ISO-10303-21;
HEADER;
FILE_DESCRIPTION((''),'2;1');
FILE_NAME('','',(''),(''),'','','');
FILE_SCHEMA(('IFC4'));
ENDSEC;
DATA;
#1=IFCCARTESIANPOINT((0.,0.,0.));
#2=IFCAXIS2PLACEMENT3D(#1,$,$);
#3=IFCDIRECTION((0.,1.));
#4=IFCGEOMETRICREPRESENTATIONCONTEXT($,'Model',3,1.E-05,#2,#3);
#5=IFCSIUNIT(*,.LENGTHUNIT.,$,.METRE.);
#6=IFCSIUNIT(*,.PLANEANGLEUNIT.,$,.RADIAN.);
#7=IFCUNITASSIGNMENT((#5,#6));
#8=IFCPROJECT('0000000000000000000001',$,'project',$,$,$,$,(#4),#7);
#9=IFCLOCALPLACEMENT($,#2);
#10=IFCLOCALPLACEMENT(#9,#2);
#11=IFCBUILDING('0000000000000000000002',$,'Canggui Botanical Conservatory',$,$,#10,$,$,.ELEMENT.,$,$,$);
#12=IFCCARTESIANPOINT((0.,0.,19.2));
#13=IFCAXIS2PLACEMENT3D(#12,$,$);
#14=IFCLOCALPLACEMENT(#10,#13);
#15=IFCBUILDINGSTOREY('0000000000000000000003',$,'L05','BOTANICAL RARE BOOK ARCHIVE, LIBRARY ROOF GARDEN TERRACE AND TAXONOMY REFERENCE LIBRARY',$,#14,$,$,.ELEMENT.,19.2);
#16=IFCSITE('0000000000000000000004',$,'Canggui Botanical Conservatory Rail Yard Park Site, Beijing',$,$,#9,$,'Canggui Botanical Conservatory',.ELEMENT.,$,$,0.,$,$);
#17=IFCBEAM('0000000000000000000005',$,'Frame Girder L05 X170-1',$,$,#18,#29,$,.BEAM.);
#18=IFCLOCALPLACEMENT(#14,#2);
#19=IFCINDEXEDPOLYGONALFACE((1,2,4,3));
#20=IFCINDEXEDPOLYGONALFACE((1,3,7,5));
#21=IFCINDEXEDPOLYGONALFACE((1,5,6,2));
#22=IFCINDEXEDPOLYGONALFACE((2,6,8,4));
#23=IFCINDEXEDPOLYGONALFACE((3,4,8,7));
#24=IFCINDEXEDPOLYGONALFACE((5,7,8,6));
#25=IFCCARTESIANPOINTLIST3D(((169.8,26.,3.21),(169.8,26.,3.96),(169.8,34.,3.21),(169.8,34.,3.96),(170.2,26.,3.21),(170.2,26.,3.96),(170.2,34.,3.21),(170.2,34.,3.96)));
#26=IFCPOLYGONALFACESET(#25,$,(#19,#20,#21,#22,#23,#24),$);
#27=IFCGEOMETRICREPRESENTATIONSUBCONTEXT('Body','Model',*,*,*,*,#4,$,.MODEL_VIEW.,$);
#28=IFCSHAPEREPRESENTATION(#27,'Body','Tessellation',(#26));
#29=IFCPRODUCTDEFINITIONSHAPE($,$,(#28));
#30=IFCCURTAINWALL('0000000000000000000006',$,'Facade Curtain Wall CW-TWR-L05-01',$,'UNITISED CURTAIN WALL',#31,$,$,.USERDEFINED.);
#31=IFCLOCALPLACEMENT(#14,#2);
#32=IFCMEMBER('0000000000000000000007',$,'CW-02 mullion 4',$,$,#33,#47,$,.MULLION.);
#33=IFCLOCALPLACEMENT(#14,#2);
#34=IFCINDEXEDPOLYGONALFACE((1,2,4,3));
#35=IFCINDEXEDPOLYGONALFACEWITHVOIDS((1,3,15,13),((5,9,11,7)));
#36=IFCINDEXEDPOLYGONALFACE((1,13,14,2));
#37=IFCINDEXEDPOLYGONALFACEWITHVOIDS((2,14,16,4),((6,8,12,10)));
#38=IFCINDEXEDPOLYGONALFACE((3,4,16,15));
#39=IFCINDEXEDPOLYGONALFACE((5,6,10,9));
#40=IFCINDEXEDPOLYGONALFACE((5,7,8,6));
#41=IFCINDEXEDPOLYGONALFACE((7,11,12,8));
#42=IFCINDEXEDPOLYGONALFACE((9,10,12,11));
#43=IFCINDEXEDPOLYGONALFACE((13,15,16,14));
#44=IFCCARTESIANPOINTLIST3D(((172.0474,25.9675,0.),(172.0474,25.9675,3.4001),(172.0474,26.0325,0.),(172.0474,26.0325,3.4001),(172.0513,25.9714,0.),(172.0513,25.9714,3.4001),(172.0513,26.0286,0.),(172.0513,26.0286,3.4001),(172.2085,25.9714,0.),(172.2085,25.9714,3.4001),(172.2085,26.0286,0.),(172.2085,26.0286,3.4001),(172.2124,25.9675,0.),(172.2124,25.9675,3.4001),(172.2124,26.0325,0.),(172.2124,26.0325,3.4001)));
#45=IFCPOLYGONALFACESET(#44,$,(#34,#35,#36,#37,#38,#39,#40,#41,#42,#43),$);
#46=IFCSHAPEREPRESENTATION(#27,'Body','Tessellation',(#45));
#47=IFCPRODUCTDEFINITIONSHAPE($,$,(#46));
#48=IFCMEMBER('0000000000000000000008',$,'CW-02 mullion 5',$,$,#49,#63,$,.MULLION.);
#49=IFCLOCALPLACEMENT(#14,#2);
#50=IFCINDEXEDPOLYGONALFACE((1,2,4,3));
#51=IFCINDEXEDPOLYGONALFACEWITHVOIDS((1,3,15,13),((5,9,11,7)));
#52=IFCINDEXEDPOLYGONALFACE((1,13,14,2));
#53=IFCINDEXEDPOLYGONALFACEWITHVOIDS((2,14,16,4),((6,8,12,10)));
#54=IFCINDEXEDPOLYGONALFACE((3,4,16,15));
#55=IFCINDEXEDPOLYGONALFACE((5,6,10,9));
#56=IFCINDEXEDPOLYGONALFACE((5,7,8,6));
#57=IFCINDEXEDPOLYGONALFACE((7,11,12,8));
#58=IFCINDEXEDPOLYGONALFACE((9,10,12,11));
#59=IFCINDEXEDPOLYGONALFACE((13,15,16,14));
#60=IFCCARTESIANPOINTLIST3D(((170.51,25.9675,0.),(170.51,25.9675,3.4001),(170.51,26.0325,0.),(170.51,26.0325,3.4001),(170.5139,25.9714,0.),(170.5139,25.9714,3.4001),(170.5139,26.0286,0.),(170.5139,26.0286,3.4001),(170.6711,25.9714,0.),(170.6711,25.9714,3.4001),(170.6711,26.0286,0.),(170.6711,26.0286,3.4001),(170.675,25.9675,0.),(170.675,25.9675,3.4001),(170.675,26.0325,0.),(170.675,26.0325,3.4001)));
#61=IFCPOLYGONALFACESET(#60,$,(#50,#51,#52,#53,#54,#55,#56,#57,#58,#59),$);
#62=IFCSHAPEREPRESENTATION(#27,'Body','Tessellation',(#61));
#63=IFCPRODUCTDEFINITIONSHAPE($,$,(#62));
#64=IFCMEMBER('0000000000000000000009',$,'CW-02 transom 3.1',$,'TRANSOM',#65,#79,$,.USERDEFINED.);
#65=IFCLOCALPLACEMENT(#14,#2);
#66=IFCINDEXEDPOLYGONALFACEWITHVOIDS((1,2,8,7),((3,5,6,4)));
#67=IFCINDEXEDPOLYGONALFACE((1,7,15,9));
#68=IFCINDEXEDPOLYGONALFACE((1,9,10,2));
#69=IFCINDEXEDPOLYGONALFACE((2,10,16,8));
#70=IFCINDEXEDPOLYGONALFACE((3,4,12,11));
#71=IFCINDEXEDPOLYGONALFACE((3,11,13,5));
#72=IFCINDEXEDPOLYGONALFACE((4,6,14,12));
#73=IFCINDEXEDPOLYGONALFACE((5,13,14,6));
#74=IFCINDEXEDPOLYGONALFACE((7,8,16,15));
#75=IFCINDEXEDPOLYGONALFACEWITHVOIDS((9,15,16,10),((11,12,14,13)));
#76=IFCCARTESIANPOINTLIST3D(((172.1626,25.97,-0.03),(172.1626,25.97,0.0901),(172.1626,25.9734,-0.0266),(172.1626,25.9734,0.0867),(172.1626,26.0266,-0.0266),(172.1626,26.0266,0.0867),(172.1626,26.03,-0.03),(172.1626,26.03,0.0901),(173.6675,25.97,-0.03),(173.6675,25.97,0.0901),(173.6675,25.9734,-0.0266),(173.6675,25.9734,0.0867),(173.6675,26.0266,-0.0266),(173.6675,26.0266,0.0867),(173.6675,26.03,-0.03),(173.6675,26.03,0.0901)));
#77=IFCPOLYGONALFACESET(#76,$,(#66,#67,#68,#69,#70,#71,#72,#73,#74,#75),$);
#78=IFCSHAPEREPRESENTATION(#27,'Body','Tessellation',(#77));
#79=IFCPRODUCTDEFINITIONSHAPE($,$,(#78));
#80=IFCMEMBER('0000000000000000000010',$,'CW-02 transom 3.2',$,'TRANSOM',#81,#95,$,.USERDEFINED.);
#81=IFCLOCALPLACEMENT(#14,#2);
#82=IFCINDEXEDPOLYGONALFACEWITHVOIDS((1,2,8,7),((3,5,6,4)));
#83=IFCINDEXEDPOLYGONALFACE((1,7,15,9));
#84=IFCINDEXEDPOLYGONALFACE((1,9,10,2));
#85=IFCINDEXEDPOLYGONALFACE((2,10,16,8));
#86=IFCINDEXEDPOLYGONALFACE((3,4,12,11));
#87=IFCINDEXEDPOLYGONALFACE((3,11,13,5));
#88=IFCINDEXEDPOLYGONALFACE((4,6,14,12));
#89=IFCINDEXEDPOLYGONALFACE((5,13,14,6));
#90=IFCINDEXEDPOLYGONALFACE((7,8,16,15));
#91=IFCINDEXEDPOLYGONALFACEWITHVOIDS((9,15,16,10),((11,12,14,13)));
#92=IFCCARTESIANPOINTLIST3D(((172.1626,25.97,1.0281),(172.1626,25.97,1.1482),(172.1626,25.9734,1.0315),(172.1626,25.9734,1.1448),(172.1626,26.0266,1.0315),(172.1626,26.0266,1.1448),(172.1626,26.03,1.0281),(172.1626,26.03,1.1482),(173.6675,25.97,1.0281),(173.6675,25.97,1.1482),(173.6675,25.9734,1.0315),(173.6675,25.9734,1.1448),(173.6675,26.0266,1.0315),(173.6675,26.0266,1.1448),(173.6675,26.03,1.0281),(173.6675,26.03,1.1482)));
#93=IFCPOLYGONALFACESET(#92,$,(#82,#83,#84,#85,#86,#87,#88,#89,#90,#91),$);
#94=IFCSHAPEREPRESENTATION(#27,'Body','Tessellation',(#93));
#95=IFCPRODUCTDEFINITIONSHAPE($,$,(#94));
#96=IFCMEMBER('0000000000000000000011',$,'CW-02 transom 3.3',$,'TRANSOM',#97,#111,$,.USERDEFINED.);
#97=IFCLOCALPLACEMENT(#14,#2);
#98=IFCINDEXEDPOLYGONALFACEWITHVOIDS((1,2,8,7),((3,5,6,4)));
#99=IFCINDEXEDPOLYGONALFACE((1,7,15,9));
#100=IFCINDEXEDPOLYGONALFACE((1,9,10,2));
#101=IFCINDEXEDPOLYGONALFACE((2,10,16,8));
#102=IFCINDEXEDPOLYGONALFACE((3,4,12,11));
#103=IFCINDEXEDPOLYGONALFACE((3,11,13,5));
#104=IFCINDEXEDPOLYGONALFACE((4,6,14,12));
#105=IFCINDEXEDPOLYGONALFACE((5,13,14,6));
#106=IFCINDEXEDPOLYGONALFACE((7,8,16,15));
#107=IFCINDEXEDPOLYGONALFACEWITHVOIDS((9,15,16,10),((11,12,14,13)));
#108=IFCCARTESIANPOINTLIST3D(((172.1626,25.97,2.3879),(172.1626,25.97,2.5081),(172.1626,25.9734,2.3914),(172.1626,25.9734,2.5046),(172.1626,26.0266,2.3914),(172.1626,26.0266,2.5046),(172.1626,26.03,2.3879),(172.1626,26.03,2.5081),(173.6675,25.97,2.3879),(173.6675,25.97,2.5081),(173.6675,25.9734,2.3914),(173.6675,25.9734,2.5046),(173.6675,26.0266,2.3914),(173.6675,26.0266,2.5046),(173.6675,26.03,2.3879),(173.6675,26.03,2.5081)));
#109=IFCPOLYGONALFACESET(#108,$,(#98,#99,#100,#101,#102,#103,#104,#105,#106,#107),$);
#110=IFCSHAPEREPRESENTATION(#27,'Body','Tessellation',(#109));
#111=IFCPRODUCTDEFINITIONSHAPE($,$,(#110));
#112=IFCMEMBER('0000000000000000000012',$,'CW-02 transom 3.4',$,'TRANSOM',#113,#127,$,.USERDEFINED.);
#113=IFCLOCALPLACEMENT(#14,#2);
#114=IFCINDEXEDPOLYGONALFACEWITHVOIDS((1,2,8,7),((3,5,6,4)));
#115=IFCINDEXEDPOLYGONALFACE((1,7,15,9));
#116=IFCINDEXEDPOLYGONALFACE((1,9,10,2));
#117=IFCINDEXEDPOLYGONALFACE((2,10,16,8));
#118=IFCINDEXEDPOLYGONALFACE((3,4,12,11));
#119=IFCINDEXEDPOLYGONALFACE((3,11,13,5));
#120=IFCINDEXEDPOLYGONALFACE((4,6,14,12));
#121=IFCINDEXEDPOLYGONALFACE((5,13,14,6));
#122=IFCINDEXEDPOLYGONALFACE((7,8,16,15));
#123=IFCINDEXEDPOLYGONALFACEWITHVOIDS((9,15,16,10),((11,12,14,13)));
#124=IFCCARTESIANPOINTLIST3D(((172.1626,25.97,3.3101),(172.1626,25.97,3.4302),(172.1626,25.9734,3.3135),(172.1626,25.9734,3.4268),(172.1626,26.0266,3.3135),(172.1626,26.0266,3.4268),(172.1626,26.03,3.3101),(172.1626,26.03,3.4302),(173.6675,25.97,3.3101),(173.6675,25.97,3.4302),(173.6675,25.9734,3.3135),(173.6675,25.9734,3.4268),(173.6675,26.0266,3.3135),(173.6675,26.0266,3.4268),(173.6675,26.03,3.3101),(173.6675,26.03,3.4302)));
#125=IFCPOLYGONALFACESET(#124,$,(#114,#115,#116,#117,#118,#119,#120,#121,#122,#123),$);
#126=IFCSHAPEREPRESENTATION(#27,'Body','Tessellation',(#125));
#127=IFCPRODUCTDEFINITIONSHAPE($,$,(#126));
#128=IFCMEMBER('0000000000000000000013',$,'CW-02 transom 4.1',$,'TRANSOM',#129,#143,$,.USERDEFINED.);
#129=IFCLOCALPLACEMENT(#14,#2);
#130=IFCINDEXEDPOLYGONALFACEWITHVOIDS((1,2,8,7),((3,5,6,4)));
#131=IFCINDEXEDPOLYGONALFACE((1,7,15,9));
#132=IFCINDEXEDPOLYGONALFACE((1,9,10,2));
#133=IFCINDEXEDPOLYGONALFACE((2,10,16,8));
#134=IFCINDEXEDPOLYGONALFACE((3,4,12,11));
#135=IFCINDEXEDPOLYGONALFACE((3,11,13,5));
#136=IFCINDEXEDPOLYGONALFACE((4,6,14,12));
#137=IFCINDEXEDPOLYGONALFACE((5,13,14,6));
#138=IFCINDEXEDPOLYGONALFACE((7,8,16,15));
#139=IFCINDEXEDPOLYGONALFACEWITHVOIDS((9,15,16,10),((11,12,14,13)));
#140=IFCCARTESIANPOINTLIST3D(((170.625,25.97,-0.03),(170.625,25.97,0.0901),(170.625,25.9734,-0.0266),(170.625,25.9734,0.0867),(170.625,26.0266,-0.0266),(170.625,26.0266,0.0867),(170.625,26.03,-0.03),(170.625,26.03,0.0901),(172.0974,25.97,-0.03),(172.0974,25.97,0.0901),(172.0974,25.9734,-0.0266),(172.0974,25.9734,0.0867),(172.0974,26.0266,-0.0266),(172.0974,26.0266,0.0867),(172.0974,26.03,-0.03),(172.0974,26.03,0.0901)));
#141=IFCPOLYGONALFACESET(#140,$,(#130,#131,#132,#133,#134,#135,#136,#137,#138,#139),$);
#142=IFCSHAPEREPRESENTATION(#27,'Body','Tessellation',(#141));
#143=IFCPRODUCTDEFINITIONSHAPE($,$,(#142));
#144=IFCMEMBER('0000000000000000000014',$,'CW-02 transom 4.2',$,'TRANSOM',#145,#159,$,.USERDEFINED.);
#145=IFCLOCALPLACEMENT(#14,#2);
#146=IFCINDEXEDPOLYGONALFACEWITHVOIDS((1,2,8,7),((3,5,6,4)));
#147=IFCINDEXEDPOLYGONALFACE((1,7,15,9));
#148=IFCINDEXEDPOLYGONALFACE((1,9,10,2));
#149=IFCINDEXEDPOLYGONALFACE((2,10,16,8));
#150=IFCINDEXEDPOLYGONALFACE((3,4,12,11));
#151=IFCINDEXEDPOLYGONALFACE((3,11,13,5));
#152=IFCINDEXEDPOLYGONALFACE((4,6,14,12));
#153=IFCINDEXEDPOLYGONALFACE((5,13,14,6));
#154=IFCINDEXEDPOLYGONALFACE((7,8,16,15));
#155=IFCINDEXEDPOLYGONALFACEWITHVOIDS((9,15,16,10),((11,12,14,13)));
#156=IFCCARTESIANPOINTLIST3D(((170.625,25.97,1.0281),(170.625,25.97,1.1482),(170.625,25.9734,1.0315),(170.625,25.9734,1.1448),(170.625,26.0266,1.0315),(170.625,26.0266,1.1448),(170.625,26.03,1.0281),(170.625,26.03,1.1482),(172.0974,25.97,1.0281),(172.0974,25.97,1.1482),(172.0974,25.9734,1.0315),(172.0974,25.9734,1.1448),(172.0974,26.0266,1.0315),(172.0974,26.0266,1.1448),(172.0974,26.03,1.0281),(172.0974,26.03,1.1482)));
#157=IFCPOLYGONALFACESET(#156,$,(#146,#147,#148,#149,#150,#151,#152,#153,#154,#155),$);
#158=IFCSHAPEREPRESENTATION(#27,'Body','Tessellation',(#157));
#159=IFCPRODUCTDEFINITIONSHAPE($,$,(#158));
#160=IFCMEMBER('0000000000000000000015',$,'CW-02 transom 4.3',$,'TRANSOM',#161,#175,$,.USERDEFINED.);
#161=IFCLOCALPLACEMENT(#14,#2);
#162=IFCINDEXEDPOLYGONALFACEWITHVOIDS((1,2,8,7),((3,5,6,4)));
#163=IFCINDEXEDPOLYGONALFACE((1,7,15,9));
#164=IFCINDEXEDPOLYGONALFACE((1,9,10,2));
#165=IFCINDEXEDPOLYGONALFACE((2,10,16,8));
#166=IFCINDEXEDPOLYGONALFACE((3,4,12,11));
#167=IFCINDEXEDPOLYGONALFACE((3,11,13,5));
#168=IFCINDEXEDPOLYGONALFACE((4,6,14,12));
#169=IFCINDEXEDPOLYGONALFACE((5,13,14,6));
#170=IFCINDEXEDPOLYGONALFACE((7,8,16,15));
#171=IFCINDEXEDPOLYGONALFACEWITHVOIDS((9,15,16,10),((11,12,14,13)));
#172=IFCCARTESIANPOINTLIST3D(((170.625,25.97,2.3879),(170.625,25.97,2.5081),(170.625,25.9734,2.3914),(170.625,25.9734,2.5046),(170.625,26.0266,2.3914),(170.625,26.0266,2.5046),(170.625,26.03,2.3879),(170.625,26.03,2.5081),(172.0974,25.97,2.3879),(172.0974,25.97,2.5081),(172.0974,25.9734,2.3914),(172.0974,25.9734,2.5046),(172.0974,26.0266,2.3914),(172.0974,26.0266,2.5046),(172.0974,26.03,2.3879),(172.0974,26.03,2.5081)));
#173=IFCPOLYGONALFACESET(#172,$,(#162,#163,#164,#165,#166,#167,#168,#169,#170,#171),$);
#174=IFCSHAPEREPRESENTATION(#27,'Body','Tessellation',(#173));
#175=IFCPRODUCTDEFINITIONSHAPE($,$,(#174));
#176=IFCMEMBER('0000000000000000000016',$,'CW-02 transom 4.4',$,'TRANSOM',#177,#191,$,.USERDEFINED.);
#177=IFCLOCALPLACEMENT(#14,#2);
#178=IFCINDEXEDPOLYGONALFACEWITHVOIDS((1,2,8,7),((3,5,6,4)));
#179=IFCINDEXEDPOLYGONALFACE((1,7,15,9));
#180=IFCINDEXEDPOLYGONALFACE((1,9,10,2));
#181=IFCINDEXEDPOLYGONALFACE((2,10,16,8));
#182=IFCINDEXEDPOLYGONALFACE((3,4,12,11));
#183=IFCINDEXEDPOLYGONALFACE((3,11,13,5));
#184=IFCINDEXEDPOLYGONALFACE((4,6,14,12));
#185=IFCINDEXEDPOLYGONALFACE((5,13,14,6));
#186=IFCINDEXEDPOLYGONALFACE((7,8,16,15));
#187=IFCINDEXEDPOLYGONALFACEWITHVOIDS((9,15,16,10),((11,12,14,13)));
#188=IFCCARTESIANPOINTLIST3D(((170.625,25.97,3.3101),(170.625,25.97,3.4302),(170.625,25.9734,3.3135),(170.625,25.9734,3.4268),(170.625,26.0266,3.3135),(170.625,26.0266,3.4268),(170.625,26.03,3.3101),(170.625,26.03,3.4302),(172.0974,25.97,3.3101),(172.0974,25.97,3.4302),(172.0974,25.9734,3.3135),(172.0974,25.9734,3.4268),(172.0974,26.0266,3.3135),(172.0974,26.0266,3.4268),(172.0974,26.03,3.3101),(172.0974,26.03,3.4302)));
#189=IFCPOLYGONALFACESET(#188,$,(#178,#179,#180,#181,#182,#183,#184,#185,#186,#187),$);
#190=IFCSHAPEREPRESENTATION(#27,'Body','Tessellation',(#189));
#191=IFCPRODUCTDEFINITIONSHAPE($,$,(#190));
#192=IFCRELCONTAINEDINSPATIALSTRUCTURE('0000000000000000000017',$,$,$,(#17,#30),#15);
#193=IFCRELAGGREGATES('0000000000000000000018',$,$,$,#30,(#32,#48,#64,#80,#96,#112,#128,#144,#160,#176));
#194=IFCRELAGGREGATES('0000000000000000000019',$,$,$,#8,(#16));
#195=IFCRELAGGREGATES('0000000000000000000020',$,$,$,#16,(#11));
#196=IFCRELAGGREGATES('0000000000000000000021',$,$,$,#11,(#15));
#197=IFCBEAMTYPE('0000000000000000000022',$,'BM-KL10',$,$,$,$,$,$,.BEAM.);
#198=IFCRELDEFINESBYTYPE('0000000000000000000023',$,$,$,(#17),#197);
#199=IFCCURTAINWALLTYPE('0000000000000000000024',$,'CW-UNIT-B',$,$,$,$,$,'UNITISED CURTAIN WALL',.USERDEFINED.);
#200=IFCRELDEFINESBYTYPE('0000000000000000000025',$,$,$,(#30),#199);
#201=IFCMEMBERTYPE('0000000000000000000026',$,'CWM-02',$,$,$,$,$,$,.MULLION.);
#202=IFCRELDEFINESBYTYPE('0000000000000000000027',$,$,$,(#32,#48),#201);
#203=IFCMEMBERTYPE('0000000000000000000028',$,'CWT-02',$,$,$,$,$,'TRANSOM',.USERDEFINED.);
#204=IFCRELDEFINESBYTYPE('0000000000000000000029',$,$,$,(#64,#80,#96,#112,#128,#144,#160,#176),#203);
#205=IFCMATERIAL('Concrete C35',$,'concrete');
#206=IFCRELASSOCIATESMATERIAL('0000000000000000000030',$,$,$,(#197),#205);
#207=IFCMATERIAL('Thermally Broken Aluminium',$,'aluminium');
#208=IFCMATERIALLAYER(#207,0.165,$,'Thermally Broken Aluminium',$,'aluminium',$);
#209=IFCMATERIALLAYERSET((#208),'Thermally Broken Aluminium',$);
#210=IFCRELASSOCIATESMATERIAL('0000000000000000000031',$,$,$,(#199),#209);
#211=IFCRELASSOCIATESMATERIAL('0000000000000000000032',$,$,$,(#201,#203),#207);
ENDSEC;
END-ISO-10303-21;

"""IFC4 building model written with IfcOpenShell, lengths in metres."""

from ifc_helpers import new_model, si_unit, direction, frame, origin, origin_2d, place, context, subcontext, project, spatial, rectangle, hollow_rectangle, extrude, material, layer, layer_set, material_profile, profile_set, type_object, element, aggregate, save


model = new_model("IFC4")

# Units and contexts
model_context = context("Model", 3, precision=1e-05, world=origin(), true_north=direction((0.0, 1.0)))
body_context = subcontext(model_context, "Body", "Model", "MODEL_VIEW")
ifc_project = project(units=[si_unit("LENGTHUNIT", "METRE"), si_unit("PLANEANGLEUNIT", "RADIAN")], contexts=[model_context])

# Site, building, storey
site_placement = place(None, origin())
site = spatial("IfcSite", under=ifc_project, at=site_placement, Name="Canggui Botanical Conservatory Rail Yard Park Site, Beijing", LongName="Canggui Botanical Conservatory", CompositionType="ELEMENT", RefElevation=0.0)
building_placement = place(site_placement, origin())
building = spatial("IfcBuilding", under=site, at=building_placement, Name="Canggui Botanical Conservatory", CompositionType="ELEMENT")
storey_placement = place(building_placement, frame((0.0, 0.0, 19.2)))
storey = spatial("IfcBuildingStorey", under=building, at=storey_placement, Name="L05", Description="BOTANICAL RARE BOOK ARCHIVE, LIBRARY ROOF GARDEN TERRACE AND TAXONOMY REFERENCE LIBRARY", CompositionType="ELEMENT", Elevation=19.2)

# Beam
ifc_material_1 = material(Name="Concrete C35", Category="concrete")
ifc_material_profile_1 = material_profile(ifc_material_1, rectangle(XDim=0.3999, YDim=0.75, at=origin_2d()), Name="RB 400x750")
ifc_profile_set_1 = profile_set([ifc_material_profile_1], Name="Concrete C35")
beam_type = type_object("IfcBeamType", Name="BM-KL10", PredefinedType="BEAM", material=ifc_profile_set_1)
beam_placement = place(storey_placement, frame((170.0, 26.0, 3.585), z_axis=(0.0, 1.0, 0.0), x_axis=(-1.0, 0.0, 0.0)))
element("IfcBeam", 1, at=beam_placement, inside=storey, type_object=beam_type, Name="Frame Girder L05 X170-1", PredefinedType="BEAM", context=body_context, shape_type="SweptSolid", body=[
    extrude(rectangle(XDim=0.3999, YDim=0.75, at=origin_2d()), origin(), (0.0, 0.0, 1.0), 8.0),
])

# Curtain wall, members
ifc_material_2 = material(Name="Thermally Broken Aluminium", Category="aluminium")
ifc_layer_1 = layer(ifc_material_2, 0.165, Name="Thermally Broken Aluminium", Category="aluminium")
ifc_layer_set_1 = layer_set([ifc_layer_1], Name="Thermally Broken Aluminium")
curtain_wall_type = type_object("IfcCurtainWallType", Name="CW-UNIT-B", ElementType="UNITISED CURTAIN WALL", PredefinedType="USERDEFINED", material=ifc_layer_set_1)
curtain_wall_placement = place(storey_placement, origin())
curtain_wall = element("IfcCurtainWall", 2, at=curtain_wall_placement, inside=storey, type_object=curtain_wall_type, Name="Facade Curtain Wall CW-TWR-L05-01", ObjectType="UNITISED CURTAIN WALL", PredefinedType="USERDEFINED")
ifc_material_profile_2 = material_profile(ifc_material_2, hollow_rectangle(XDim=0.0649, YDim=0.165, WallThickness=0.0039, at=origin_2d()), Name="CWM 65x165x4")
ifc_profile_set_2 = profile_set([ifc_material_profile_2], Name="Thermally Broken Aluminium")
member_type_1 = type_object("IfcMemberType", Name="CWM-02", PredefinedType="MULLION", material=ifc_profile_set_2)
member_1_placement = place(storey_placement, frame((172.1299, 26.0, 0.0), z_axis=(0.0, 0.0, 1.0), x_axis=(0.0, -1.0, 0.0)))
member_1 = element("IfcMember", 3, at=member_1_placement, type_object=member_type_1, Name="CW-02 mullion 4", PredefinedType="MULLION", context=body_context, shape_type="SweptSolid", body=[
    extrude(hollow_rectangle(XDim=0.0649, YDim=0.165, WallThickness=0.0039, at=origin_2d()), origin(), (0.0, 0.0, 1.0), 3.4001),
])
member_2_placement = place(storey_placement, frame((170.5925, 26.0, 0.0), z_axis=(0.0, 0.0, 1.0), x_axis=(0.0, -1.0, 0.0)))
member_2 = element("IfcMember", 4, at=member_2_placement, type_object=member_type_1, Name="CW-02 mullion 5", PredefinedType="MULLION", context=body_context, shape_type="SweptSolid", body=[
    extrude(hollow_rectangle(XDim=0.0649, YDim=0.165, WallThickness=0.0039, at=origin_2d()), origin(), (0.0, 0.0, 1.0), 3.4001),
])
ifc_material_profile_3 = material_profile(ifc_material_2, hollow_rectangle(XDim=0.0601, YDim=0.1201, WallThickness=0.0034, at=origin_2d()), Name="CWT 60x120x3.5")
ifc_profile_set_3 = profile_set([ifc_material_profile_3], Name="Thermally Broken Aluminium")
member_type_2 = type_object("IfcMemberType", Name="CWT-02", ElementType="TRANSOM", PredefinedType="USERDEFINED", material=ifc_profile_set_3)
member_3_placement = place(storey_placement, frame((173.6675, 26.0, 0.03), z_axis=(-1.0, 0.0, 0.0), x_axis=(0.0, -1.0, 0.0)))
member_3 = element("IfcMember", 5, at=member_3_placement, type_object=member_type_2, Name="CW-02 transom 3.1", ObjectType="TRANSOM", PredefinedType="USERDEFINED", context=body_context, shape_type="SweptSolid", body=[
    extrude(hollow_rectangle(XDim=0.0601, YDim=0.1201, WallThickness=0.0034, at=origin_2d()), origin(), (0.0, 0.0, 1.0), 1.5049),
])
member_4_placement = place(storey_placement, frame((173.6675, 26.0, 1.0881), z_axis=(-1.0, 0.0, 0.0), x_axis=(0.0, -1.0, 0.0)))
member_4 = element("IfcMember", 6, at=member_4_placement, type_object=member_type_2, Name="CW-02 transom 3.2", ObjectType="TRANSOM", PredefinedType="USERDEFINED", context=body_context, shape_type="SweptSolid", body=[
    extrude(hollow_rectangle(XDim=0.0601, YDim=0.1201, WallThickness=0.0034, at=origin_2d()), origin(), (0.0, 0.0, 1.0), 1.5049),
])
member_5_placement = place(storey_placement, frame((173.6675, 26.0, 2.448), z_axis=(-1.0, 0.0, 0.0), x_axis=(0.0, -1.0, 0.0)))
member_5 = element("IfcMember", 7, at=member_5_placement, type_object=member_type_2, Name="CW-02 transom 3.3", ObjectType="TRANSOM", PredefinedType="USERDEFINED", context=body_context, shape_type="SweptSolid", body=[
    extrude(hollow_rectangle(XDim=0.0601, YDim=0.1201, WallThickness=0.0034, at=origin_2d()), origin(), (0.0, 0.0, 1.0), 1.5049),
])
member_6_placement = place(storey_placement, frame((173.6675, 26.0, 3.3701), z_axis=(-1.0, 0.0, 0.0), x_axis=(0.0, -1.0, 0.0)))
member_6 = element("IfcMember", 8, at=member_6_placement, type_object=member_type_2, Name="CW-02 transom 3.4", ObjectType="TRANSOM", PredefinedType="USERDEFINED", context=body_context, shape_type="SweptSolid", body=[
    extrude(hollow_rectangle(XDim=0.0601, YDim=0.1201, WallThickness=0.0034, at=origin_2d()), origin(), (0.0, 0.0, 1.0), 1.5049),
])
member_7_placement = place(storey_placement, frame((172.0974, 26.0, 0.03), z_axis=(-1.0, 0.0, 0.0), x_axis=(0.0, -1.0, 0.0)))
member_7 = element("IfcMember", 9, at=member_7_placement, type_object=member_type_2, Name="CW-02 transom 4.1", ObjectType="TRANSOM", PredefinedType="USERDEFINED", context=body_context, shape_type="SweptSolid", body=[
    extrude(hollow_rectangle(XDim=0.0601, YDim=0.1201, WallThickness=0.0034, at=origin_2d()), origin(), (0.0, 0.0, 1.0), 1.4724),
])
member_8_placement = place(storey_placement, frame((172.0974, 26.0, 1.0881), z_axis=(-1.0, 0.0, 0.0), x_axis=(0.0, -1.0, 0.0)))
member_8 = element("IfcMember", 10, at=member_8_placement, type_object=member_type_2, Name="CW-02 transom 4.2", ObjectType="TRANSOM", PredefinedType="USERDEFINED", context=body_context, shape_type="SweptSolid", body=[
    extrude(hollow_rectangle(XDim=0.0601, YDim=0.1201, WallThickness=0.0034, at=origin_2d()), origin(), (0.0, 0.0, 1.0), 1.4724),
])
member_9_placement = place(storey_placement, frame((172.0974, 26.0, 2.448), z_axis=(-1.0, 0.0, 0.0), x_axis=(0.0, -1.0, 0.0)))
member_9 = element("IfcMember", 11, at=member_9_placement, type_object=member_type_2, Name="CW-02 transom 4.3", ObjectType="TRANSOM", PredefinedType="USERDEFINED", context=body_context, shape_type="SweptSolid", body=[
    extrude(hollow_rectangle(XDim=0.0601, YDim=0.1201, WallThickness=0.0034, at=origin_2d()), origin(), (0.0, 0.0, 1.0), 1.4724),
])
member_10_placement = place(storey_placement, frame((172.0974, 26.0, 3.3701), z_axis=(-1.0, 0.0, 0.0), x_axis=(0.0, -1.0, 0.0)))
member_10 = element("IfcMember", 12, at=member_10_placement, type_object=member_type_2, Name="CW-02 transom 4.4", ObjectType="TRANSOM", PredefinedType="USERDEFINED", context=body_context, shape_type="SweptSolid", body=[
    extrude(hollow_rectangle(XDim=0.0601, YDim=0.1201, WallThickness=0.0034, at=origin_2d()), origin(), (0.0, 0.0, 1.0), 1.4724),
])
aggregate(curtain_wall, [member_1, member_2, member_3, member_4, member_5, member_6, member_7, member_8, member_9, member_10])

save(model, "model.ifc")
